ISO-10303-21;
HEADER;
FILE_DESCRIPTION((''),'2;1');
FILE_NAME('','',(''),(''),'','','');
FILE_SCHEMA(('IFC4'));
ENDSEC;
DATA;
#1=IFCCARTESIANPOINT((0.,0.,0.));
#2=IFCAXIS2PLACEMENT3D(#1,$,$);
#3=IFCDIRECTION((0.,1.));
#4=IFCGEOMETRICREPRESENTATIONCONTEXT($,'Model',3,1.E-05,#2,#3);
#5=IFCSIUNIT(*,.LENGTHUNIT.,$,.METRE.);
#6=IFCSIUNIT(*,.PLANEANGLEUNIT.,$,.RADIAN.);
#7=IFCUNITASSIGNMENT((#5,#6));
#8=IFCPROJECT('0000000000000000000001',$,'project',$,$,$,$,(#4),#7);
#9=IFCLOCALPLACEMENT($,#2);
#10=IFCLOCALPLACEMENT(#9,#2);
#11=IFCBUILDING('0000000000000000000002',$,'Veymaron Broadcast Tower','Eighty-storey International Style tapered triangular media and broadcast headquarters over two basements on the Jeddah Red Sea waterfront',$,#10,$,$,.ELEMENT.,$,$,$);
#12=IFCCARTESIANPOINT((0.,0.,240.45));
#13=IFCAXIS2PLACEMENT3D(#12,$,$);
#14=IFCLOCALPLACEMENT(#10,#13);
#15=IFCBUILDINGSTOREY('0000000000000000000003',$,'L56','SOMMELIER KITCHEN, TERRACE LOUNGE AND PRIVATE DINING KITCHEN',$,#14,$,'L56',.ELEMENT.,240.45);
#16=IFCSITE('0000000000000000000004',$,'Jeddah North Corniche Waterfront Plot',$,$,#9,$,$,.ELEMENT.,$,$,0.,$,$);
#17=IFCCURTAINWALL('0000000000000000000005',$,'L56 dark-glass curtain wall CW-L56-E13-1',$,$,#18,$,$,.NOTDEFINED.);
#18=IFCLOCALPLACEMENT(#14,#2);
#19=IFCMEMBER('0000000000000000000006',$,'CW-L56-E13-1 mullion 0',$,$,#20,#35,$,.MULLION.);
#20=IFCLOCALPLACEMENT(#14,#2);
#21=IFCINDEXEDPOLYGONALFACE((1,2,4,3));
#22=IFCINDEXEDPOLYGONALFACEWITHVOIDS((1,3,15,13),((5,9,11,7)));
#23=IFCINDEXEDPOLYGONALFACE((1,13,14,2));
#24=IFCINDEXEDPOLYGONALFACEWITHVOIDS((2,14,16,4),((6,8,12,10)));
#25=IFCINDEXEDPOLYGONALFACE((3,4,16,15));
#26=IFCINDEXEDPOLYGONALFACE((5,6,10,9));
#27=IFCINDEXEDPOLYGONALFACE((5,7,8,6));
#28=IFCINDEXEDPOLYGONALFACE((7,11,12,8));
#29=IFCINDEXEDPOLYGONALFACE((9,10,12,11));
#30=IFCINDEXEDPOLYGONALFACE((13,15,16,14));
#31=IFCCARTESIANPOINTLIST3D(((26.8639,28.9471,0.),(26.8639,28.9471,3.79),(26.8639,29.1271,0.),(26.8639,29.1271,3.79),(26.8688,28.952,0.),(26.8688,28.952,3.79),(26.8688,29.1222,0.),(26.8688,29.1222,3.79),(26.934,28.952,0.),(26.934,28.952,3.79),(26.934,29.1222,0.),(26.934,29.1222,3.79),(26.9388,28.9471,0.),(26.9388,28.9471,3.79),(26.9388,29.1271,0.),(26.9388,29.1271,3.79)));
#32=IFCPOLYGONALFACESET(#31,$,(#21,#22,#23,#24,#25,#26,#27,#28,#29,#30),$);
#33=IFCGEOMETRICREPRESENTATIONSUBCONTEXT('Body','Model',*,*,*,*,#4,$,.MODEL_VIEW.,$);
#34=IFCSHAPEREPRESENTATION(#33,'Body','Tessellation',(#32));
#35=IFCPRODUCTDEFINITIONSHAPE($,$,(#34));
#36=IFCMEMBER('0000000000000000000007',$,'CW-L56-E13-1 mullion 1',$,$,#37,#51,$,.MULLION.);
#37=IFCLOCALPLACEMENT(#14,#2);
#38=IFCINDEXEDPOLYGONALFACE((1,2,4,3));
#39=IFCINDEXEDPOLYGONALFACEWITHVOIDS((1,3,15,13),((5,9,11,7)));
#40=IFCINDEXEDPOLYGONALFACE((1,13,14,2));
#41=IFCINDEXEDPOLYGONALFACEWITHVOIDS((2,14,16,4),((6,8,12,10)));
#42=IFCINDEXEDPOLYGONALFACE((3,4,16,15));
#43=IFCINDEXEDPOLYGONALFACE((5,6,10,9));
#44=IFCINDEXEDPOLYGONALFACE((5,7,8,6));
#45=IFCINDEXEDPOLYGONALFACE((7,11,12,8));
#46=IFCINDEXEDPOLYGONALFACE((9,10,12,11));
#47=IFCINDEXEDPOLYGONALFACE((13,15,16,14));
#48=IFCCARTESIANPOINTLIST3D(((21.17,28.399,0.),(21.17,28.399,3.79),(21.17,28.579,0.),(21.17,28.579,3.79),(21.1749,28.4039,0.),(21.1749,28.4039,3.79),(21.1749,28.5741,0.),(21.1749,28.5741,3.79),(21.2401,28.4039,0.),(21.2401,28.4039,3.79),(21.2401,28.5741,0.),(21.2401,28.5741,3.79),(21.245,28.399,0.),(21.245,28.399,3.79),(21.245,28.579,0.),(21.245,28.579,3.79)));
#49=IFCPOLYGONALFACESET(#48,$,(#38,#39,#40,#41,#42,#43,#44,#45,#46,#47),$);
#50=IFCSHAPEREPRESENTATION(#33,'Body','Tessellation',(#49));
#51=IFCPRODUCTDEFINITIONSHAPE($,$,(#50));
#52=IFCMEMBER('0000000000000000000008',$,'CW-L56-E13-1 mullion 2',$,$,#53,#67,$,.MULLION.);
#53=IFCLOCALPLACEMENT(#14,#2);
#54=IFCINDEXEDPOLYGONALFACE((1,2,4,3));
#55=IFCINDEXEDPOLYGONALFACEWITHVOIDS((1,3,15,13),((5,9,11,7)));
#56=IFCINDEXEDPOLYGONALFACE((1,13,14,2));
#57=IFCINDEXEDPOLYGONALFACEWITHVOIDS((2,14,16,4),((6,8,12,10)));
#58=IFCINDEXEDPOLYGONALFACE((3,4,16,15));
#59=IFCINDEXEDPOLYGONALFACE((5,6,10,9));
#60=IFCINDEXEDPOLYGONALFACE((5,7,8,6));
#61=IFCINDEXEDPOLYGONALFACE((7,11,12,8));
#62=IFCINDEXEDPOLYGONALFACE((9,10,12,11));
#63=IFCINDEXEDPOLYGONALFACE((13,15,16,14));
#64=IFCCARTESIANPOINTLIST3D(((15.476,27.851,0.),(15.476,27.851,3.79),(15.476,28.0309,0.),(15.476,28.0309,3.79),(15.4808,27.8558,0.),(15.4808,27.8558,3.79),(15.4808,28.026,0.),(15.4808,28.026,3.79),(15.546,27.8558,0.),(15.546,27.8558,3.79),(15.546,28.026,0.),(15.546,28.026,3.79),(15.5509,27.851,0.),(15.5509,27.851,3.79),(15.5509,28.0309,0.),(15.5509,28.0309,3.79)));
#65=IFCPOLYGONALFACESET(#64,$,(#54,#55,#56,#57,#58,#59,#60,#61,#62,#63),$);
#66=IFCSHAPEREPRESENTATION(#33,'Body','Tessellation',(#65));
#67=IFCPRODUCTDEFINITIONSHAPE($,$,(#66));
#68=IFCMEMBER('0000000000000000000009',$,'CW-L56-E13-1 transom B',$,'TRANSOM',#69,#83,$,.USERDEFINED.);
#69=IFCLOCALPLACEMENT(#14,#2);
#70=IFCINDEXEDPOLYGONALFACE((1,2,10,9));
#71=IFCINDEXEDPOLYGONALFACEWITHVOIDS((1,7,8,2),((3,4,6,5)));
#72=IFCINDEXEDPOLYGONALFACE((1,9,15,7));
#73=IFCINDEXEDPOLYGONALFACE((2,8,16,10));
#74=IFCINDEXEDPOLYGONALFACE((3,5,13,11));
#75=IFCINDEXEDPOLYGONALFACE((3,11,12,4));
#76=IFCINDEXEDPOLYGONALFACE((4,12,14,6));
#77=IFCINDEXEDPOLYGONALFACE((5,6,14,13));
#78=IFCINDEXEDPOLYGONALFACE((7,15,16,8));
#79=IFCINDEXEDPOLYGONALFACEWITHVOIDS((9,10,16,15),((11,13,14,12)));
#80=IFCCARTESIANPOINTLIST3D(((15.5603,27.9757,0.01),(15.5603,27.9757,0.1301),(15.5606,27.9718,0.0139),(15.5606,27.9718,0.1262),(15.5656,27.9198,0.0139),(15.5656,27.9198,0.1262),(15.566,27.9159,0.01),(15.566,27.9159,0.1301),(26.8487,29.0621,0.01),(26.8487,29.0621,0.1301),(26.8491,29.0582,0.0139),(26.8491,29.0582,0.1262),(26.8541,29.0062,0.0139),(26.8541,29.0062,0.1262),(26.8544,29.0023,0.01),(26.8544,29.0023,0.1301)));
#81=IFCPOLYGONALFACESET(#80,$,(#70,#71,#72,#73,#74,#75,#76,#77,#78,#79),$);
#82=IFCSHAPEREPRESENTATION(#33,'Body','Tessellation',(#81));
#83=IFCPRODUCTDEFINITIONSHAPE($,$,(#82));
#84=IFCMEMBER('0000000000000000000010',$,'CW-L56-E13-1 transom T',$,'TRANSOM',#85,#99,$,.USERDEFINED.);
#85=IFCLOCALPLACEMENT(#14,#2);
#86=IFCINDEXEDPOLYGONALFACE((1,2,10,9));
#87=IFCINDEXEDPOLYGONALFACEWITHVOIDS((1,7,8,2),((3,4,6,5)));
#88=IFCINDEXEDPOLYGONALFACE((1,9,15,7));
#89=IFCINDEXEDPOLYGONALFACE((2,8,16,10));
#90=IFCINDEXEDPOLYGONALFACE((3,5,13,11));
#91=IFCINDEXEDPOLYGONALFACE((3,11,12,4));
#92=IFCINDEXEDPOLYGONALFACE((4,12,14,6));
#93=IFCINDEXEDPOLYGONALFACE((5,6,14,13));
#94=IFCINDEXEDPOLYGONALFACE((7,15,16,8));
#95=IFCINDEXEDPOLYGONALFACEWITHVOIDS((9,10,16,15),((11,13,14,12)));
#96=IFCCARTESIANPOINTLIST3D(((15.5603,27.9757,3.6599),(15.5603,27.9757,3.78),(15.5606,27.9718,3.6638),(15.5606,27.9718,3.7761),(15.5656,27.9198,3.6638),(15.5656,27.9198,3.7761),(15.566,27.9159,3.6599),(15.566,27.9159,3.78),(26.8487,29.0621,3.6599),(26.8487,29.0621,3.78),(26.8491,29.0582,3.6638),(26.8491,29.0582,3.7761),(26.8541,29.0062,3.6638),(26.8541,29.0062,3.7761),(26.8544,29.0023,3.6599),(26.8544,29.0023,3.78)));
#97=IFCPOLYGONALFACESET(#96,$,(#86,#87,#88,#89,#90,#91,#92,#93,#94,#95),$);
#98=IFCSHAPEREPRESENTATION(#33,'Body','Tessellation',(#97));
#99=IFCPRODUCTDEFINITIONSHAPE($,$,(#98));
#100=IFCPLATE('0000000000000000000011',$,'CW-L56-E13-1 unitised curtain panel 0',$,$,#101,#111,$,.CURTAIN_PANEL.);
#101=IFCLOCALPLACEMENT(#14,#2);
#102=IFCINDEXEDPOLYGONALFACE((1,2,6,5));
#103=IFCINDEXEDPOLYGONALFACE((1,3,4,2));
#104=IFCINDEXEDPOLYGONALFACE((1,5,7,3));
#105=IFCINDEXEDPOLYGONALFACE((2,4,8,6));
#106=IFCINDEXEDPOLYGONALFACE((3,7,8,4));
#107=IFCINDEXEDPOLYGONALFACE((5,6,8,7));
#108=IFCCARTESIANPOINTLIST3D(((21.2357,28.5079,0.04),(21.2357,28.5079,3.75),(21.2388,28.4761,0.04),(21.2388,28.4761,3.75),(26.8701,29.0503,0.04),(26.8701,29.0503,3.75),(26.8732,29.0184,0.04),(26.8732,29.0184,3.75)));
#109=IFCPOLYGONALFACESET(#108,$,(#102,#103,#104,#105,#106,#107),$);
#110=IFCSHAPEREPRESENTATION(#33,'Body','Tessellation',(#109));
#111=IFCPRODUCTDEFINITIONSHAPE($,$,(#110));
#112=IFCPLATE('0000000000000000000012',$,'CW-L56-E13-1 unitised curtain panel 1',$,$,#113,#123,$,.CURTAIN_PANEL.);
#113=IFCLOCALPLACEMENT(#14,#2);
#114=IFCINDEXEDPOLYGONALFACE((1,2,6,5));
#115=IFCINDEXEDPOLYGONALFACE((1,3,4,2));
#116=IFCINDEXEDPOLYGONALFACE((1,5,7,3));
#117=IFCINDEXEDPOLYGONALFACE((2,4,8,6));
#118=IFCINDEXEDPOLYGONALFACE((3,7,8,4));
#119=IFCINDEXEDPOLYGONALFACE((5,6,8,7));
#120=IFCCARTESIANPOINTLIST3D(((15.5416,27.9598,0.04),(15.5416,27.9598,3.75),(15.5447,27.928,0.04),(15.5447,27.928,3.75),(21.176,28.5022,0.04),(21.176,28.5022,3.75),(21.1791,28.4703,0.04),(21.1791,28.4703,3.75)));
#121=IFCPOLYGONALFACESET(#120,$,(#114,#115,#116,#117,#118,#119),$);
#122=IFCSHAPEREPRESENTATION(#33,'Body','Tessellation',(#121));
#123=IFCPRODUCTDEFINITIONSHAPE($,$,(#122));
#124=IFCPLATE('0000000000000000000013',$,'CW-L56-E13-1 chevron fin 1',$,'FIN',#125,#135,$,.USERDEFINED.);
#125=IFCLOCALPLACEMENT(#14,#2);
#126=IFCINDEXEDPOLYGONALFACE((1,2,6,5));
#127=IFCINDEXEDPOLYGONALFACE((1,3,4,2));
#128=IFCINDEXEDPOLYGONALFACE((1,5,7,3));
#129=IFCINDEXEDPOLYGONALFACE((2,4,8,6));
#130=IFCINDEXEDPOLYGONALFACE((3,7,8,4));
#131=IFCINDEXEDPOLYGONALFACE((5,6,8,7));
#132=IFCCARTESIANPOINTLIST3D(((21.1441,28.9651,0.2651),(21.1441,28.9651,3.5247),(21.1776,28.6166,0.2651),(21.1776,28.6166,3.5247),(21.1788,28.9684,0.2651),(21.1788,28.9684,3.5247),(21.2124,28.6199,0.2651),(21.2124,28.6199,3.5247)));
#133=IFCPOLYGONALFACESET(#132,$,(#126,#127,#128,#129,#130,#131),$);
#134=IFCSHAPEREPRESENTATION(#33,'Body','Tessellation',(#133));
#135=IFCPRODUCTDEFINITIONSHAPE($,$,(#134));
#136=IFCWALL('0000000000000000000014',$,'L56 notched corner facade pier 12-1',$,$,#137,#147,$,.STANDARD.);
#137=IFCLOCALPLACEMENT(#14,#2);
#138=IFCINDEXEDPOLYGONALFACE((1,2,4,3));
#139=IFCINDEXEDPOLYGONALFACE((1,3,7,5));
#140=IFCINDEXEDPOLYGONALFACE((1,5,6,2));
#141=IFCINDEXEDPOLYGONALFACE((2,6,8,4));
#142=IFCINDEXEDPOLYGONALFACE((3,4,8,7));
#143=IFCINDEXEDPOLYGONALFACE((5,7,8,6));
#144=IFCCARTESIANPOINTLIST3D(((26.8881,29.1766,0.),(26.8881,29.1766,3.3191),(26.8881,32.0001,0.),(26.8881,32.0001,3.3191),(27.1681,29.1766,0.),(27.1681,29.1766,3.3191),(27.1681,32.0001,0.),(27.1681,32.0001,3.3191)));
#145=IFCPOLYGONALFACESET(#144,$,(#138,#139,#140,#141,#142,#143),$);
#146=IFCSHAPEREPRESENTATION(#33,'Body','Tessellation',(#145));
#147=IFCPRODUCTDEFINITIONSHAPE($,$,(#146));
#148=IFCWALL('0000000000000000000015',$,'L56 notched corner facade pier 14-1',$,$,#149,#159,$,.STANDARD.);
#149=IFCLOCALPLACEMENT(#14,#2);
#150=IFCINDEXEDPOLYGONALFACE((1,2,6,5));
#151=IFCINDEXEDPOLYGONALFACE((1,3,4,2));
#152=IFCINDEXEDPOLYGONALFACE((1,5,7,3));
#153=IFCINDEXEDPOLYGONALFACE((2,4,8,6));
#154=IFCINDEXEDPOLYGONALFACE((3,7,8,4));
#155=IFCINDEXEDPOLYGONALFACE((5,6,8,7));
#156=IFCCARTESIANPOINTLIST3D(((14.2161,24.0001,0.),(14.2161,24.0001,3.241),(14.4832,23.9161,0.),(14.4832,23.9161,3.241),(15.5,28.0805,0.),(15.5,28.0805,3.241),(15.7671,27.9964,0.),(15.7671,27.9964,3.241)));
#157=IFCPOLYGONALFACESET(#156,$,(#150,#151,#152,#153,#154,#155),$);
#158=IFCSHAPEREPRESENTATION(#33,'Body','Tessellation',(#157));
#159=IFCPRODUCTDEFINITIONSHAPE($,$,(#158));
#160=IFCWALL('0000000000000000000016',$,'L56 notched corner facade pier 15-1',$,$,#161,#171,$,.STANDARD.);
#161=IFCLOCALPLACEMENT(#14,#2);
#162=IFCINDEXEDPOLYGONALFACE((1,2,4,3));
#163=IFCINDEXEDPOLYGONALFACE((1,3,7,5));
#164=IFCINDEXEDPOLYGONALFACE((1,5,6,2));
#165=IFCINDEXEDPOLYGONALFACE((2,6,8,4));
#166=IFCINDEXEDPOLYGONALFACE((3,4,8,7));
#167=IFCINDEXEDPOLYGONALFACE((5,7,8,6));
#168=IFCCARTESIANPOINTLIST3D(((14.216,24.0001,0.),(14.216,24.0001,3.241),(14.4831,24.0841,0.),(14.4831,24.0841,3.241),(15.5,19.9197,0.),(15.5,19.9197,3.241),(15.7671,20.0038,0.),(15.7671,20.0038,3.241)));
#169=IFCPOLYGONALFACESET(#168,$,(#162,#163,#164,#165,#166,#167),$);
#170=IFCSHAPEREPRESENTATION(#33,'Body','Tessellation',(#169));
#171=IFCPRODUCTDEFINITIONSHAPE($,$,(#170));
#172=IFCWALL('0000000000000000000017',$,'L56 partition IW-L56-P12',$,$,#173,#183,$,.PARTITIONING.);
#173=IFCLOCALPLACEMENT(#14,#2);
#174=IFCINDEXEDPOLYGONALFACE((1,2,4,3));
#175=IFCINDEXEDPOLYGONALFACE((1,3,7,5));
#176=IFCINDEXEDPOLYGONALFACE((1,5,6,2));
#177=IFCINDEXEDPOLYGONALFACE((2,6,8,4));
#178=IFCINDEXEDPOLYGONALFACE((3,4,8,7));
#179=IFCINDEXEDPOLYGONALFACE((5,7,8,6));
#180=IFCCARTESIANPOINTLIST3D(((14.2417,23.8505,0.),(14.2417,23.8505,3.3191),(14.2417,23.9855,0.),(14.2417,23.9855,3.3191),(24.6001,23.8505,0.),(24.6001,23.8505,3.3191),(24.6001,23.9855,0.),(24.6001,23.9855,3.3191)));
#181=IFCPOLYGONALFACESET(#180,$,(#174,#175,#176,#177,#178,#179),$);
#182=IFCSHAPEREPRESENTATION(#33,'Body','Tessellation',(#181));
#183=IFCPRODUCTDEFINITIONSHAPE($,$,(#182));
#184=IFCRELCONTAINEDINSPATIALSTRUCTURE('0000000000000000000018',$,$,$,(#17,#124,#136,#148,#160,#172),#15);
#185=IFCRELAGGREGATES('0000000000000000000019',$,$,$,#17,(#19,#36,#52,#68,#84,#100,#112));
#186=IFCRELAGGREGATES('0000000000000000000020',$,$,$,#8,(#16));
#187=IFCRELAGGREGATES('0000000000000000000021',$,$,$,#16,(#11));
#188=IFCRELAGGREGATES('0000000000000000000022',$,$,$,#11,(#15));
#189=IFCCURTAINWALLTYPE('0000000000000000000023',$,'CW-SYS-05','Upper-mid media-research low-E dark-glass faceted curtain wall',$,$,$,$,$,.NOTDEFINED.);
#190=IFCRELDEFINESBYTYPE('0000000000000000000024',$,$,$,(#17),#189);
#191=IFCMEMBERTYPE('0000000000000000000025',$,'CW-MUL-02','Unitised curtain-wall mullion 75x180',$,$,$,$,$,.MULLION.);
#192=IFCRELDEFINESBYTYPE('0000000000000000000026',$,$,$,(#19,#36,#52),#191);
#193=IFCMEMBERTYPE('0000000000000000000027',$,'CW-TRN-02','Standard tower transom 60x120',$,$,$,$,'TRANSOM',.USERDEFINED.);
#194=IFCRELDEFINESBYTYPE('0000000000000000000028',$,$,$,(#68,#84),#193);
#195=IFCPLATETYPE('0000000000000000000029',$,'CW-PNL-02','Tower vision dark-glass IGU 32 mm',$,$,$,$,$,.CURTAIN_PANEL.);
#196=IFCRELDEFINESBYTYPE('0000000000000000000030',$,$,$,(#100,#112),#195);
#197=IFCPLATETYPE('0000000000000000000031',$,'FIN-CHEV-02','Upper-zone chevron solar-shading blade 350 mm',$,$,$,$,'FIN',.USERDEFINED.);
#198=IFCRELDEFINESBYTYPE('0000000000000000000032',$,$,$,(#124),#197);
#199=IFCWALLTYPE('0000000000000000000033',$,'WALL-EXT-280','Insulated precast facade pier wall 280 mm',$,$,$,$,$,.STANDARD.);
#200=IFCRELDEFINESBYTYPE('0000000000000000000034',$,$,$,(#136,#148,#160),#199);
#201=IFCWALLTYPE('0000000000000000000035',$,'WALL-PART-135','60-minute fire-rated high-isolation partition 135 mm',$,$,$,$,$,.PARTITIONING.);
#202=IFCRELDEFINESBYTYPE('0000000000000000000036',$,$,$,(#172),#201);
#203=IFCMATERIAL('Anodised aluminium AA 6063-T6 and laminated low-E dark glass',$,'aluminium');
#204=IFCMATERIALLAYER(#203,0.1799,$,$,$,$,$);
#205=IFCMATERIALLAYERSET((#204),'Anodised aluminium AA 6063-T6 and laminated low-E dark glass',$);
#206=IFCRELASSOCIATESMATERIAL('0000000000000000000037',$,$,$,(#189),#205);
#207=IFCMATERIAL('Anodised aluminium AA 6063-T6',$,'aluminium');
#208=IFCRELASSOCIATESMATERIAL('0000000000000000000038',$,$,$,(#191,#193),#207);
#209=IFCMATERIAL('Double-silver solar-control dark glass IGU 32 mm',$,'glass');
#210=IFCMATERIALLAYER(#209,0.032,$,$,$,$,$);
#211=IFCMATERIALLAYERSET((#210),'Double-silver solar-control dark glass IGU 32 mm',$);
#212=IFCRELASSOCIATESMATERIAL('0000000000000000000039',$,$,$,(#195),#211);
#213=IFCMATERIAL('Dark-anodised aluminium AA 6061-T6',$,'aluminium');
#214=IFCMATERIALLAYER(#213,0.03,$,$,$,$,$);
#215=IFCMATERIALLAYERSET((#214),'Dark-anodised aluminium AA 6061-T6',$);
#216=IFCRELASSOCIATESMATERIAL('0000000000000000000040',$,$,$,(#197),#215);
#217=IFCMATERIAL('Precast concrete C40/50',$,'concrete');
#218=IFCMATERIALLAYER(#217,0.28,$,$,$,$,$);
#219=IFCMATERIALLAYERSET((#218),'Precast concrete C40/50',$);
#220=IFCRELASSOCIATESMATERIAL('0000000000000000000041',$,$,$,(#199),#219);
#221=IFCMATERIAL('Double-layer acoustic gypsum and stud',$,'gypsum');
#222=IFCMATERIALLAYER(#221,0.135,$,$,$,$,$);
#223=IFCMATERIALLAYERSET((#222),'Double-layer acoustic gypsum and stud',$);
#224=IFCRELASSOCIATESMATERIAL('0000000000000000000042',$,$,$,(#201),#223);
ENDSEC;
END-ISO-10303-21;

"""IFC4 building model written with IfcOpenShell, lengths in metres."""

from ifc_helpers import new_model, si_unit, direction, frame, frame_2d, origin, origin_2d, place, context, subcontext, project, spatial, rectangle, hollow_rectangle, extrude, material, layer, layer_set, material_profile, profile_set, type_object, element, aggregate, save


model = new_model("IFC4")

# Units and contexts
model_context = context("Model", 3, precision=1e-05, world=origin(), true_north=direction((0.0, 1.0)))
body_context = subcontext(model_context, "Body", "Model", "MODEL_VIEW")
ifc_project = project(units=[si_unit("LENGTHUNIT", "METRE"), si_unit("PLANEANGLEUNIT", "RADIAN")], contexts=[model_context])

# Site, building, storey
site_placement = place(None, origin())
site = spatial("IfcSite", under=ifc_project, at=site_placement, Name="Jeddah North Corniche Waterfront Plot", CompositionType="ELEMENT", RefElevation=0.0)
building_placement = place(site_placement, origin())
building = spatial("IfcBuilding", under=site, at=building_placement, Name="Veymaron Broadcast Tower", Description="Eighty-storey International Style tapered triangular media and broadcast headquarters over two basements on the Jeddah Red Sea waterfront", CompositionType="ELEMENT")
storey_placement = place(building_placement, frame((0.0, 0.0, 240.45)))
storey = spatial("IfcBuildingStorey", under=building, at=storey_placement, Name="L56", Description="SOMMELIER KITCHEN, TERRACE LOUNGE AND PRIVATE DINING KITCHEN", LongName="L56", CompositionType="ELEMENT", Elevation=240.45)

# Curtain wall, members, plates
ifc_material_1 = material(Name="Anodised aluminium AA 6063-T6 and laminated low-E dark glass", Category="aluminium")
ifc_layer_1 = layer(ifc_material_1, 0.1799)
ifc_layer_set_1 = layer_set([ifc_layer_1], Name="Anodised aluminium AA 6063-T6 and laminated low-E dark glass")
curtain_wall_type = type_object("IfcCurtainWallType", Name="CW-SYS-05", Description="Upper-mid media-research low-E dark-glass faceted curtain wall", PredefinedType="NOTDEFINED", material=ifc_layer_set_1)
curtain_wall_placement = place(storey_placement, origin())
curtain_wall = element("IfcCurtainWall", 1, at=curtain_wall_placement, inside=storey, type_object=curtain_wall_type, Name="L56 dark-glass curtain wall CW-L56-E13-1", PredefinedType="NOTDEFINED")
ifc_material_2 = material(Name="Anodised aluminium AA 6063-T6", Category="aluminium")
ifc_material_profile_1 = material_profile(ifc_material_2, hollow_rectangle(XDim=0.075, YDim=0.1799, WallThickness=0.0049, at=origin_2d()), Name="AL180X75X5")
ifc_profile_set_1 = profile_set([ifc_material_profile_1], Name="Anodised aluminium AA 6063-T6")
member_type_1 = type_object("IfcMemberType", Name="CW-MUL-02", Description="Unitised curtain-wall mullion 75x180", PredefinedType="MULLION", material=ifc_profile_set_1)
member_1_placement = place(storey_placement, frame((26.9014, 29.0371, 0.0), z_axis=(0.0, 0.0, 1.0), x_axis=(1.0, 0.0, 0.0)))
member_1 = element("IfcMember", 2, at=member_1_placement, type_object=member_type_1, Name="CW-L56-E13-1 mullion 0", PredefinedType="MULLION", context=body_context, shape_type="SweptSolid", body=[
    extrude(hollow_rectangle(XDim=0.075, YDim=0.1799, WallThickness=0.0049, at=origin_2d()), origin(), (0.0, 0.0, 1.0), 3.79),
])
member_2_placement = place(storey_placement, frame((21.2075, 28.489, 0.0), z_axis=(0.0, 0.0, 1.0), x_axis=(1.0, 0.0, 0.0)))
member_2 = element("IfcMember", 3, at=member_2_placement, type_object=member_type_1, Name="CW-L56-E13-1 mullion 1", PredefinedType="MULLION", context=body_context, shape_type="SweptSolid", body=[
    extrude(hollow_rectangle(XDim=0.075, YDim=0.1799, WallThickness=0.0049, at=origin_2d()), origin(), (0.0, 0.0, 1.0), 3.79),
])
member_3_placement = place(storey_placement, frame((15.5134, 27.9409, 0.0), z_axis=(0.0, 0.0, 1.0), x_axis=(1.0, 0.0, 0.0)))
member_3 = element("IfcMember", 4, at=member_3_placement, type_object=member_type_1, Name="CW-L56-E13-1 mullion 2", PredefinedType="MULLION", context=body_context, shape_type="SweptSolid", body=[
    extrude(hollow_rectangle(XDim=0.075, YDim=0.1799, WallThickness=0.0049, at=origin_2d()), origin(), (0.0, 0.0, 1.0), 3.79),
])
ifc_material_profile_2 = material_profile(ifc_material_2, hollow_rectangle(XDim=0.0601, YDim=0.1201, WallThickness=0.0039, at=origin_2d()), Name="AL120X60X4")
ifc_profile_set_2 = profile_set([ifc_material_profile_2], Name="Anodised aluminium AA 6063-T6")
member_type_2 = type_object("IfcMemberType", Name="CW-TRN-02", Description="Standard tower transom 60x120", ElementType="TRANSOM", PredefinedType="USERDEFINED", material=ifc_profile_set_2)
member_4_placement = place(storey_placement, frame((26.8516, 29.0322, 0.0701), z_axis=(-0.995401, -0.095801, 0.0), x_axis=(0.095801, -0.995401, 0.0)))
member_4 = element("IfcMember", 5, at=member_4_placement, type_object=member_type_2, Name="CW-L56-E13-1 transom B", ObjectType="TRANSOM", PredefinedType="USERDEFINED", context=body_context, shape_type="SweptSolid", body=[
    extrude(hollow_rectangle(XDim=0.0601, YDim=0.1201, WallThickness=0.0039, at=origin_2d()), origin(), (0.0, 0.0, 1.0), 11.3406),
])
member_5_placement = place(storey_placement, frame((26.8516, 29.0322, 3.72), z_axis=(-0.995401, -0.095801, 0.0), x_axis=(0.095801, -0.995401, 0.0)))
member_5 = element("IfcMember", 6, at=member_5_placement, type_object=member_type_2, Name="CW-L56-E13-1 transom T", ObjectType="TRANSOM", PredefinedType="USERDEFINED", context=body_context, shape_type="SweptSolid", body=[
    extrude(hollow_rectangle(XDim=0.0601, YDim=0.1201, WallThickness=0.0039, at=origin_2d()), origin(), (0.0, 0.0, 1.0), 11.3406),
])
ifc_material_3 = material(Name="Double-silver solar-control dark glass IGU 32 mm", Category="glass")
ifc_layer_2 = layer(ifc_material_3, 0.032)
ifc_layer_set_2 = layer_set([ifc_layer_2], Name="Double-silver solar-control dark glass IGU 32 mm")
plate_type_1 = type_object("IfcPlateType", Name="CW-PNL-02", Description="Tower vision dark-glass IGU 32 mm", PredefinedType="CURTAIN_PANEL", material=ifc_layer_set_2)
plate_1_placement = place(storey_placement, frame((24.0544, 28.7632, 0.04), z_axis=(0.0, 0.0, 1.0), x_axis=(-0.9954, -0.095811, 0.0)))
plate_1 = element("IfcPlate", 7, at=plate_1_placement, type_object=plate_type_1, Name="CW-L56-E13-1 unitised curtain panel 0", PredefinedType="CURTAIN_PANEL", context=body_context, shape_type="SweptSolid", body=[
    extrude(rectangle(XDim=5.6604, YDim=0.032, at=origin_2d()), origin(), (0.0, 0.0, 1.0), 3.71),
])
plate_2_placement = place(storey_placement, frame((18.3604, 28.2151, 0.04), z_axis=(0.0, 0.0, 1.0), x_axis=(-0.9954, -0.095811, 0.0)))
plate_2 = element("IfcPlate", 8, at=plate_2_placement, type_object=plate_type_1, Name="CW-L56-E13-1 unitised curtain panel 1", PredefinedType="CURTAIN_PANEL", context=body_context, shape_type="SweptSolid", body=[
    extrude(rectangle(XDim=5.6604, YDim=0.032, at=origin_2d()), origin(), (0.0, 0.0, 1.0), 3.71),
])
aggregate(curtain_wall, [member_1, member_2, member_3, member_4, member_5, plate_1, plate_2])

# Plate
ifc_material_4 = material(Name="Dark-anodised aluminium AA 6061-T6", Category="aluminium")
ifc_layer_3 = layer(ifc_material_4, 0.03)
ifc_layer_set_3 = layer_set([ifc_layer_3], Name="Dark-anodised aluminium AA 6061-T6")
plate_type_2 = type_object("IfcPlateType", Name="FIN-CHEV-02", Description="Upper-zone chevron solar-shading blade 350 mm", ElementType="FIN", PredefinedType="USERDEFINED", material=ifc_layer_set_3)
plate_3_placement = place(storey_placement, frame((21.1782, 28.7925, 0.2651), z_axis=(0.0, 0.0, 1.0), x_axis=(-0.095811, 0.9954, 0.0)))
element("IfcPlate", 9, at=plate_3_placement, inside=storey, type_object=plate_type_2, Name="CW-L56-E13-1 chevron fin 1", ObjectType="FIN", PredefinedType="USERDEFINED", context=body_context, shape_type="SweptSolid", body=[
    extrude(rectangle(XDim=0.3501, YDim=0.0349, at=origin_2d()), origin(), (0.0, 0.0, 1.0), 3.2595),
])

# Walls
ifc_material_5 = material(Name="Precast concrete C40/50", Category="concrete")
ifc_layer_4 = layer(ifc_material_5, 0.28)
ifc_layer_set_4 = layer_set([ifc_layer_4], Name="Precast concrete C40/50")
wall_type_1 = type_object("IfcWallType", Name="WALL-EXT-280", Description="Insulated precast facade pier wall 280 mm", PredefinedType="STANDARD", material=ifc_layer_set_4)
wall_1_placement = place(storey_placement, frame((27.0281, 32.0, 0.0), z_axis=(0.0, 0.0, 1.0), x_axis=(0.0, -1.0, 0.0)))
element("IfcWall", 10, at=wall_1_placement, inside=storey, type_object=wall_type_1, Name="L56 notched corner facade pier 12-1", PredefinedType="STANDARD", context=body_context, shape_type="SweptSolid", body=[
    extrude(rectangle(XDim=2.8235, YDim=0.28, at=frame_2d((1.4116, 0.0))), origin(), (0.0, 0.0, 1.0), 3.3191),
])
for number, where, z_axis, x_axis, name in (
    (11, (15.6335, 28.0383, 0.0), (0.0, 0.0, 1.0), (-0.300156, -0.95389, 0.0), "L56 notched corner facade pier 14-1"),
    (12, (14.3496, 24.042, 0.0), (0.0, 0.0, 1.0), (0.300156, -0.95389, 0.0), "L56 notched corner facade pier 15-1"),
):
    element("IfcWall", number, at=place(storey_placement, frame(where, z_axis=z_axis, x_axis=x_axis)), inside=storey, type_object=wall_type_1, Name=name, PredefinedType="STANDARD", context=body_context, shape_type="SweptSolid", body=[
        extrude(rectangle(XDim=4.2776, YDim=0.28, at=frame_2d((2.1387, 0.0))), origin(), (0.0, 0.0, 1.0), 3.241),
    ])

# Wall
ifc_material_6 = material(Name="Double-layer acoustic gypsum and stud", Category="gypsum")
ifc_layer_5 = layer(ifc_material_6, 0.135)
ifc_layer_set_5 = layer_set([ifc_layer_5], Name="Double-layer acoustic gypsum and stud")
wall_type_2 = type_object("IfcWallType", Name="WALL-PART-135", Description="60-minute fire-rated high-isolation partition 135 mm", PredefinedType="PARTITIONING", material=ifc_layer_set_5)
wall_2_placement = place(storey_placement, frame((14.2417, 23.918, 0.0), z_axis=(0.0, 0.0, 1.0), x_axis=(1.0, 0.0, 0.0)))
element("IfcWall", 13, at=wall_2_placement, inside=storey, type_object=wall_type_2, Name="L56 partition IW-L56-P12", PredefinedType="PARTITIONING", context=body_context, shape_type="SweptSolid", body=[
    extrude(rectangle(XDim=10.3584, YDim=0.135, at=frame_2d((5.1792, 0.0))), origin(), (0.0, 0.0, 1.0), 3.3191),
])

save(model, "model.ifc")
